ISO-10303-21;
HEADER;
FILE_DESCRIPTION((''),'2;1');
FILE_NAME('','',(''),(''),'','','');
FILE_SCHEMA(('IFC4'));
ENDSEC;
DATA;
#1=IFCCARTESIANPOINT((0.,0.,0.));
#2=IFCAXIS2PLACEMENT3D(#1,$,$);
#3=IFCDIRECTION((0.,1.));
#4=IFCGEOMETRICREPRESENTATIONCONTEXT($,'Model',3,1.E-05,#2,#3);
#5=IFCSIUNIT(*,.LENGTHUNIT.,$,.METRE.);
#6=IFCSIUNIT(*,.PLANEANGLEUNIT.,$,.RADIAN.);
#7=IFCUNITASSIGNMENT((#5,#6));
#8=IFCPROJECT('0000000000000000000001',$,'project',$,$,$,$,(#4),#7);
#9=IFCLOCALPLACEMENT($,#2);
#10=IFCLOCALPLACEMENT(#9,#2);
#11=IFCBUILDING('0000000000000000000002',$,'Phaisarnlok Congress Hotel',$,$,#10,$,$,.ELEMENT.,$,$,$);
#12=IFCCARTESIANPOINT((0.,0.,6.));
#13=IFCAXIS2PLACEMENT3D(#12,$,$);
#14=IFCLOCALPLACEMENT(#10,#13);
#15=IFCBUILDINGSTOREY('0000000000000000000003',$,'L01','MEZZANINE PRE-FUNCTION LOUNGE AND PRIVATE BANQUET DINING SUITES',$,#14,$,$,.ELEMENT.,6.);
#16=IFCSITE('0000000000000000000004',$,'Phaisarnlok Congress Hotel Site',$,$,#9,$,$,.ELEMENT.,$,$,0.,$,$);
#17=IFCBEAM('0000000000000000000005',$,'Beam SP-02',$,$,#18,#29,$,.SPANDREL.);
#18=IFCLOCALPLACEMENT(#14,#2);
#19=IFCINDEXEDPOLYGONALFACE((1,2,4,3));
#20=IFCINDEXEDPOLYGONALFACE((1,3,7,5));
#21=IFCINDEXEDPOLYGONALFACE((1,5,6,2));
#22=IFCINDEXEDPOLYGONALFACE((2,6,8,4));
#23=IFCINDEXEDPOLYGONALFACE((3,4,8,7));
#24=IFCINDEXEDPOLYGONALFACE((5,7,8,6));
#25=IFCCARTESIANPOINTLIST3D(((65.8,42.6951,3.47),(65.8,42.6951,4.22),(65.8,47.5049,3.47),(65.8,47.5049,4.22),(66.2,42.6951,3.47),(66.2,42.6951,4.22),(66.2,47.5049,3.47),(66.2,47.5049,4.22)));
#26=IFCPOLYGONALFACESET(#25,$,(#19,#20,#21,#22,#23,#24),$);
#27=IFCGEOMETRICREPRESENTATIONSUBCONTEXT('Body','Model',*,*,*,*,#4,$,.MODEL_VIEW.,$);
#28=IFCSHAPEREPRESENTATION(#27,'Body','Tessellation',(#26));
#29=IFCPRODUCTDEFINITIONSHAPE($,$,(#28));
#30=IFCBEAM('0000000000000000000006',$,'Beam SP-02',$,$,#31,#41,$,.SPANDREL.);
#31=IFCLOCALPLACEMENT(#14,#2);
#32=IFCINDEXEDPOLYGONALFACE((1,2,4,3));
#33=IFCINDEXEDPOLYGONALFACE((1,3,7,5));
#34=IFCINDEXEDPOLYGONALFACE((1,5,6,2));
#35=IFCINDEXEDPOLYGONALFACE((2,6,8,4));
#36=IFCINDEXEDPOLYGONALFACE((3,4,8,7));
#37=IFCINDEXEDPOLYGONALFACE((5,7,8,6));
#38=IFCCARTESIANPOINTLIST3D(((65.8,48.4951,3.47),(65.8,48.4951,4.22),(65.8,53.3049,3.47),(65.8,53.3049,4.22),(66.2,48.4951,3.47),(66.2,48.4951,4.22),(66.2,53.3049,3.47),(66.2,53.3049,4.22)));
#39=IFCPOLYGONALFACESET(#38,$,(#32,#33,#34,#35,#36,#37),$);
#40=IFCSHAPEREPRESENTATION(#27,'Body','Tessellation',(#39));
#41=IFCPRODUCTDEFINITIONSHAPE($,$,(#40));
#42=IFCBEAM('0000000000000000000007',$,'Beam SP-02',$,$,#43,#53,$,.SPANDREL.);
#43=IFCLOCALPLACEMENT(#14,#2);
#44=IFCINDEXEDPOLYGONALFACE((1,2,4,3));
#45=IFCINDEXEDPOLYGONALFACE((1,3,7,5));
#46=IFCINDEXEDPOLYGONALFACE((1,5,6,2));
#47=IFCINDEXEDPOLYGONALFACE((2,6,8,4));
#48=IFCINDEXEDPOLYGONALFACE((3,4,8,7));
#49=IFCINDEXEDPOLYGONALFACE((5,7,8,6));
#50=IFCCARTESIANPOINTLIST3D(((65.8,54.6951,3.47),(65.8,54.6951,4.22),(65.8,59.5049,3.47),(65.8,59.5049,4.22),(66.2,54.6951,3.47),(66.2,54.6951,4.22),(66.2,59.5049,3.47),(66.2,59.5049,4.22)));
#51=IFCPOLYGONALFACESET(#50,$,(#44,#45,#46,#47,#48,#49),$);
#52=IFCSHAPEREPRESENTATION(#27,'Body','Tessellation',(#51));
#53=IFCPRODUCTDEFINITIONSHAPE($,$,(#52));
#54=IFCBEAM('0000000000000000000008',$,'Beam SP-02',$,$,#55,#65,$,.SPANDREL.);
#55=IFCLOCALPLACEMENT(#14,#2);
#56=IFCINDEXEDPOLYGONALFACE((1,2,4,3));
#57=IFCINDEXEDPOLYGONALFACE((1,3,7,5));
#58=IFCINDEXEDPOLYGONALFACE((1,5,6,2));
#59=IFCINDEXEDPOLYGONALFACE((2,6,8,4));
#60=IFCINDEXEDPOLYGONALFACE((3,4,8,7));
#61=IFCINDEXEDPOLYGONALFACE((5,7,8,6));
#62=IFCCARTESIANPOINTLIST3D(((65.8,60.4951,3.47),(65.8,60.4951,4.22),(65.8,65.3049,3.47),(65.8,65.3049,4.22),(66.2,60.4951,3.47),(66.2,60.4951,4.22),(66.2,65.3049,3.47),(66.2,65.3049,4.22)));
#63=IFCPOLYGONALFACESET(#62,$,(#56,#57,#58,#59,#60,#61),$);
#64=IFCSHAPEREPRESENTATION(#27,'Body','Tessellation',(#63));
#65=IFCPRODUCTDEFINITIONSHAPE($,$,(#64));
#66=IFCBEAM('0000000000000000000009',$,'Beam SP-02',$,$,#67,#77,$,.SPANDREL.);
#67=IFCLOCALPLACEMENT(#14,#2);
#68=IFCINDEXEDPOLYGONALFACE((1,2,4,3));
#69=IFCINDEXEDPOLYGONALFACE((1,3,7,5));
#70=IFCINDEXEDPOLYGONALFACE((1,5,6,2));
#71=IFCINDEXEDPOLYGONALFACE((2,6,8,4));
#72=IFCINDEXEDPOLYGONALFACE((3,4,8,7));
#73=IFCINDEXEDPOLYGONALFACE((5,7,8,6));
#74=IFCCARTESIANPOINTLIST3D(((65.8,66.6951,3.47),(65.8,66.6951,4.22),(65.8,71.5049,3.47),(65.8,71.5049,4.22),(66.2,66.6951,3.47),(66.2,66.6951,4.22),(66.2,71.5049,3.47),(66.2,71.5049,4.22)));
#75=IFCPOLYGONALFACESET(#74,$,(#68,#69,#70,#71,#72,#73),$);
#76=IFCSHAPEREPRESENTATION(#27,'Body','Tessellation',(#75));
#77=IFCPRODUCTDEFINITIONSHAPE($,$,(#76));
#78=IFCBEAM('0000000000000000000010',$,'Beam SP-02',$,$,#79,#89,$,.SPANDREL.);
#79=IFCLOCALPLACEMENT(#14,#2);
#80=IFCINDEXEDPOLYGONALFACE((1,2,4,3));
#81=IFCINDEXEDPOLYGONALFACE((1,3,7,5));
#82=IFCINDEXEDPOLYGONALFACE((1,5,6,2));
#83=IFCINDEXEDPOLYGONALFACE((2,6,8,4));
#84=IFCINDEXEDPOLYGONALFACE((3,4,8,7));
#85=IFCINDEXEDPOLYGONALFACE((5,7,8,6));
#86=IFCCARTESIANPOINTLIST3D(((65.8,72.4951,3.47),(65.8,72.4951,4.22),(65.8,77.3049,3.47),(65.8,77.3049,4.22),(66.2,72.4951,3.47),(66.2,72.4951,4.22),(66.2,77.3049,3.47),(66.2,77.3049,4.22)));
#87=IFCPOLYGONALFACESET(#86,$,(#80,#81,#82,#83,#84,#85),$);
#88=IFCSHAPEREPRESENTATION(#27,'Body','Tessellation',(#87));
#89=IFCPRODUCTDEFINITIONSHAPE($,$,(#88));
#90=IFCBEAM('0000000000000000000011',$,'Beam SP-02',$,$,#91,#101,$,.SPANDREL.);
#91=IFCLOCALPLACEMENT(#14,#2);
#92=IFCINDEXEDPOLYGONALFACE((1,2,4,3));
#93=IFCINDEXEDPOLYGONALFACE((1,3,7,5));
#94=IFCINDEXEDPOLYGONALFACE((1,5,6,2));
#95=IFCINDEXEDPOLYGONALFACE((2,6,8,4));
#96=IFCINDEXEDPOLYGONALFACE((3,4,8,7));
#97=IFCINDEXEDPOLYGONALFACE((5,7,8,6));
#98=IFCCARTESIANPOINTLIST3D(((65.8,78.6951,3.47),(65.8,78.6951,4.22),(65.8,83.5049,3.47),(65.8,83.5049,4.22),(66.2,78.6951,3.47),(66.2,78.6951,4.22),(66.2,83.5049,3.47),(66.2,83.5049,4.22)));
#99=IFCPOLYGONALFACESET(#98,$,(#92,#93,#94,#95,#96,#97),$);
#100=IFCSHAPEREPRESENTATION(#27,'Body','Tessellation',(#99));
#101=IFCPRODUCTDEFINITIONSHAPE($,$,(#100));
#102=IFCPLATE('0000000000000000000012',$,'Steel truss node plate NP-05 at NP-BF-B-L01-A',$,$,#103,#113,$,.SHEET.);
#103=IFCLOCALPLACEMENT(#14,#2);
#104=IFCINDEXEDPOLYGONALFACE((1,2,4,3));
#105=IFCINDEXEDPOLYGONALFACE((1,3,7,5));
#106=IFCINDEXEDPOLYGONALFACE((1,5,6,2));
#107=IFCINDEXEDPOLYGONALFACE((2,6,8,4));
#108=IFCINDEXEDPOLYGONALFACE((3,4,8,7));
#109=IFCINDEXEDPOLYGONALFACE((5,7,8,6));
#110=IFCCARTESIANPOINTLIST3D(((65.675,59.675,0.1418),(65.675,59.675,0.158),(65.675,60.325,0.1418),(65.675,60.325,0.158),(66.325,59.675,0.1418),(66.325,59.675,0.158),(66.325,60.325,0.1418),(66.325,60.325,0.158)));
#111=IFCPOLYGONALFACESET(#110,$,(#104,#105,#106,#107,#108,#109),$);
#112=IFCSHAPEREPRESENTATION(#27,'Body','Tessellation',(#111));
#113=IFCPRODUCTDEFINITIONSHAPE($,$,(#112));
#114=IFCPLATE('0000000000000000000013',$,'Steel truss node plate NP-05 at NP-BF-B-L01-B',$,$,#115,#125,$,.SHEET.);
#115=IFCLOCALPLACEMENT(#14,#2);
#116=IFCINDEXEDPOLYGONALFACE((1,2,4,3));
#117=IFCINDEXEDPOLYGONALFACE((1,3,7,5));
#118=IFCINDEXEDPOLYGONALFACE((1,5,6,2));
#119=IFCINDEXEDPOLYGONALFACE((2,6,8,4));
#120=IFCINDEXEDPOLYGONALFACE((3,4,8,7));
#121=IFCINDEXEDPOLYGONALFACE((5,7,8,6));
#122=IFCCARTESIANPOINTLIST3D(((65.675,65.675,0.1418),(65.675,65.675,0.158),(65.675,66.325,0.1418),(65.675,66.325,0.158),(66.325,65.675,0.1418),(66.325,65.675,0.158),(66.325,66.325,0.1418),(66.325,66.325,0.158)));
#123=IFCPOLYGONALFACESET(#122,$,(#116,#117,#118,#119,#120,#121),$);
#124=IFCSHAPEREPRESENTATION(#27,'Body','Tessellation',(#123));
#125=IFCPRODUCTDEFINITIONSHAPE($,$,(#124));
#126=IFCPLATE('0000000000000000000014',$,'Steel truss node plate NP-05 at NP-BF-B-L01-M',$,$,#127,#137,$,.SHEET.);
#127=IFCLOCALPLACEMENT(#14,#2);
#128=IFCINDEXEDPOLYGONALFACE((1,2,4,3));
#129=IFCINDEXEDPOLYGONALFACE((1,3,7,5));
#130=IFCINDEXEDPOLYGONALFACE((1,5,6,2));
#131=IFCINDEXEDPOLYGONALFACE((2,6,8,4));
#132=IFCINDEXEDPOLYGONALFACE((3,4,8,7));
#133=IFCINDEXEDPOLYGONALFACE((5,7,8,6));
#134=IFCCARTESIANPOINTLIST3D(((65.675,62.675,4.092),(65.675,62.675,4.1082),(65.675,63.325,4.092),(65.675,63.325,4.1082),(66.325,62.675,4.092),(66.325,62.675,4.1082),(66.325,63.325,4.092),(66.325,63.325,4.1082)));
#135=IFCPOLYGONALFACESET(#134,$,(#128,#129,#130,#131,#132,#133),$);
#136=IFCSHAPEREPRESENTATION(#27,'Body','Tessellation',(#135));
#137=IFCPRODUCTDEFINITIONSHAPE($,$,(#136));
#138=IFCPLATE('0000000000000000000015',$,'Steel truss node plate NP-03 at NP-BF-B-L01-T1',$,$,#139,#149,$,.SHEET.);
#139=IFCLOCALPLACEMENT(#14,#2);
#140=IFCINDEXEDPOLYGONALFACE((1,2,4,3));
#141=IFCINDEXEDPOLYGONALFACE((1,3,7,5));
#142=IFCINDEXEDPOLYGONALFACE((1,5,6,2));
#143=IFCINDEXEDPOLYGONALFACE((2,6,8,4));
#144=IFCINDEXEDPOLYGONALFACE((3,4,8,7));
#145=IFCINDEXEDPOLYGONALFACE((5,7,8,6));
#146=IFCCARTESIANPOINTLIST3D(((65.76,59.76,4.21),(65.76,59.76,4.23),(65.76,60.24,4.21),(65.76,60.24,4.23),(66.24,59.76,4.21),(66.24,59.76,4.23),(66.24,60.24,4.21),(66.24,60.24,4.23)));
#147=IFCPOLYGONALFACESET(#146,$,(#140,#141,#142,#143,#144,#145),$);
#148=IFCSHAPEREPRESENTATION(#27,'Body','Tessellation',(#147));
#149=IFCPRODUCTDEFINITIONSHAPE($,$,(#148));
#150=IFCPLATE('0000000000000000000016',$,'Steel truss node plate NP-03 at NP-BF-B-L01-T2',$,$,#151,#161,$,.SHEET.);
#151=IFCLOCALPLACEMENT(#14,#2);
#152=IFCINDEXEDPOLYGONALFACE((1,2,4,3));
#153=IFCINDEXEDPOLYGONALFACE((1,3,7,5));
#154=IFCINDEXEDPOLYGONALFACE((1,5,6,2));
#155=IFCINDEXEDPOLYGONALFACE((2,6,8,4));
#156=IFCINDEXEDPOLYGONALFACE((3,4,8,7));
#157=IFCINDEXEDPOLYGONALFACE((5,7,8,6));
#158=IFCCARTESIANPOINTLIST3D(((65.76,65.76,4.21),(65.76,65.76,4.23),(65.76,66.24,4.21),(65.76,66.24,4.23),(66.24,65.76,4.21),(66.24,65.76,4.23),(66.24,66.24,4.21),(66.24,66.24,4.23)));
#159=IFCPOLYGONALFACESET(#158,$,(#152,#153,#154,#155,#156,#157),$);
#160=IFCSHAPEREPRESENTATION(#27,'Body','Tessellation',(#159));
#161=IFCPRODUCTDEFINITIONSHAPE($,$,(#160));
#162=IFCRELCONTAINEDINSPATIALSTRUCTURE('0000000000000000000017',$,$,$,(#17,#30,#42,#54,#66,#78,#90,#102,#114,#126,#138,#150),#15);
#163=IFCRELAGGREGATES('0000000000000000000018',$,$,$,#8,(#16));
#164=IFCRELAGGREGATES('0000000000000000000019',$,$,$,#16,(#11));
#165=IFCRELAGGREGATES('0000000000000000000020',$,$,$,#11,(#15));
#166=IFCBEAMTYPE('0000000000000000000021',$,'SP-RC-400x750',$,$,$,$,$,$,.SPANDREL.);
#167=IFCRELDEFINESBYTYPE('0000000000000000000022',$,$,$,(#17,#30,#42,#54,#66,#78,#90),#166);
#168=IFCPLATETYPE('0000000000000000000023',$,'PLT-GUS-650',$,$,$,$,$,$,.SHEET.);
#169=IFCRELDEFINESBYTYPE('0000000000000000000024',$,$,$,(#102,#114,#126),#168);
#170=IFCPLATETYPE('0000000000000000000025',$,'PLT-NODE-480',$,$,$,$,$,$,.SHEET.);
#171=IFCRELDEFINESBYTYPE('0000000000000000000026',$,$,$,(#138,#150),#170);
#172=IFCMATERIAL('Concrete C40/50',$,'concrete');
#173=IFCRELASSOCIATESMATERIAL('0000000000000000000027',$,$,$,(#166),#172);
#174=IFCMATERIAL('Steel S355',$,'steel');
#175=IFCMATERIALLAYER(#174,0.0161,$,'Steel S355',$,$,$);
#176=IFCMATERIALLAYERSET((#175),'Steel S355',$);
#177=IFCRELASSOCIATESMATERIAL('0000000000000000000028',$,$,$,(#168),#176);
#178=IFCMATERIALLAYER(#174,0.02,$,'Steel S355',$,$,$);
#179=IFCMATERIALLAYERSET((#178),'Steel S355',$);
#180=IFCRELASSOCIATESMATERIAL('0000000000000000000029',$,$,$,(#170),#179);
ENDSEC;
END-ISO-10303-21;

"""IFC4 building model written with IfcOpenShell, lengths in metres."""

from ifc_helpers import new_model, si_unit, direction, frame, origin, origin_2d, place, context, subcontext, project, spatial, rectangle, extrude, material, layer, layer_set, material_profile, profile_set, type_object, element, save


model = new_model("IFC4")

# Units and contexts
model_context = context("Model", 3, precision=1e-05, world=origin(), true_north=direction((0.0, 1.0)))
body_context = subcontext(model_context, "Body", "Model", "MODEL_VIEW")
ifc_project = project(units=[si_unit("LENGTHUNIT", "METRE"), si_unit("PLANEANGLEUNIT", "RADIAN")], contexts=[model_context])

# Site, building, storey
site_placement = place(None, origin())
site = spatial("IfcSite", under=ifc_project, at=site_placement, Name="Phaisarnlok Congress Hotel Site", CompositionType="ELEMENT", RefElevation=0.0)
building_placement = place(site_placement, origin())
building = spatial("IfcBuilding", under=site, at=building_placement, Name="Phaisarnlok Congress Hotel", CompositionType="ELEMENT")
storey_placement = place(building_placement, frame((0.0, 0.0, 6.0)))
storey = spatial("IfcBuildingStorey", under=building, at=storey_placement, Name="L01", Description="MEZZANINE PRE-FUNCTION LOUNGE AND PRIVATE BANQUET DINING SUITES", CompositionType="ELEMENT", Elevation=6.0)

# Shared definitions
ifc_material_1 = material(Name="Steel S355", Category="steel")

# Beams
ifc_material_2 = material(Name="Concrete C40/50", Category="concrete")
ifc_material_profile_1 = material_profile(ifc_material_2, rectangle(XDim=0.3999, YDim=0.75, at=origin_2d()), Name="RC 400x750")
ifc_profile_set_1 = profile_set([ifc_material_profile_1], Name="Concrete C40/50")
beam_type = type_object("IfcBeamType", Name="SP-RC-400x750", PredefinedType="SPANDREL", material=ifc_profile_set_1)
for number, where, z_axis, x_axis, name in (
    (1, (66.0, 42.6951, 3.845), (0.0, 1.0, 0.0), (-1.0, 0.0, 0.0), "Beam SP-02"),
    (2, (66.0, 48.4951, 3.845), (0.0, 1.0, 0.0), (-1.0, 0.0, 0.0), "Beam SP-02"),
    (3, (66.0, 54.6951, 3.845), (0.0, 1.0, 0.0), (-1.0, 0.0, 0.0), "Beam SP-02"),
    (4, (66.0, 60.4951, 3.845), (0.0, 1.0, 0.0), (-1.0, 0.0, 0.0), "Beam SP-02"),
    (5, (66.0, 66.6951, 3.845), (0.0, 1.0, 0.0), (-1.0, 0.0, 0.0), "Beam SP-02"),
    (6, (66.0, 72.4951, 3.845), (0.0, 1.0, 0.0), (-1.0, 0.0, 0.0), "Beam SP-02"),
    (7, (66.0, 78.6951, 3.845), (0.0, 1.0, 0.0), (-1.0, 0.0, 0.0), "Beam SP-02"),
):
    element("IfcBeam", number, at=place(storey_placement, frame(where, z_axis=z_axis, x_axis=x_axis)), inside=storey, type_object=beam_type, Name=name, PredefinedType="SPANDREL", context=body_context, shape_type="SweptSolid", body=[
        extrude(rectangle(XDim=0.3999, YDim=0.75, at=origin_2d()), origin(), (0.0, 0.0, 1.0), 4.8098),
    ])

# Plates
ifc_layer_1 = layer(ifc_material_1, 0.0161, Name="Steel S355")
ifc_layer_set_1 = layer_set([ifc_layer_1], Name="Steel S355")
plate_type_1 = type_object("IfcPlateType", Name="PLT-GUS-650", PredefinedType="SHEET", material=ifc_layer_set_1)
for number, where, z_axis, x_axis, name in (
    (8, (66.0, 60.0, 0.1418), (0.0, 0.0, 1.0), (1.0, 0.0, 0.0), "Steel truss node plate NP-05 at NP-BF-B-L01-A"),
    (9, (66.0, 66.0, 0.1418), (0.0, 0.0, 1.0), (1.0, 0.0, 0.0), "Steel truss node plate NP-05 at NP-BF-B-L01-B"),
    (10, (66.0, 63.0, 4.092), (0.0, 0.0, 1.0), (1.0, 0.0, 0.0), "Steel truss node plate NP-05 at NP-BF-B-L01-M"),
):
    element("IfcPlate", number, at=place(storey_placement, frame(where, z_axis=z_axis, x_axis=x_axis)), inside=storey, type_object=plate_type_1, Name=name, PredefinedType="SHEET", context=body_context, shape_type="SweptSolid", body=[
        extrude(rectangle(XDim=0.6499, YDim=0.6499, at=origin_2d()), origin(), (0.0, 0.0, 1.0), 0.0161),
    ])
ifc_layer_2 = layer(ifc_material_1, 0.02, Name="Steel S355")
ifc_layer_set_2 = layer_set([ifc_layer_2], Name="Steel S355")
plate_type_2 = type_object("IfcPlateType", Name="PLT-NODE-480", PredefinedType="SHEET", material=ifc_layer_set_2)
for number, where, z_axis, x_axis, name in (
    (11, (66.0, 60.0, 4.21), (0.0, 0.0, 1.0), (1.0, 0.0, 0.0), "Steel truss node plate NP-03 at NP-BF-B-L01-T1"),
    (12, (66.0, 66.0, 4.21), (0.0, 0.0, 1.0), (1.0, 0.0, 0.0), "Steel truss node plate NP-03 at NP-BF-B-L01-T2"),
):
    element("IfcPlate", number, at=place(storey_placement, frame(where, z_axis=z_axis, x_axis=x_axis)), inside=storey, type_object=plate_type_2, Name=name, PredefinedType="SHEET", context=body_context, shape_type="SweptSolid", body=[
        extrude(rectangle(XDim=0.48, YDim=0.48, at=origin_2d()), origin(), (0.0, 0.0, 1.0), 0.02),
    ])

save(model, "model.ifc")
